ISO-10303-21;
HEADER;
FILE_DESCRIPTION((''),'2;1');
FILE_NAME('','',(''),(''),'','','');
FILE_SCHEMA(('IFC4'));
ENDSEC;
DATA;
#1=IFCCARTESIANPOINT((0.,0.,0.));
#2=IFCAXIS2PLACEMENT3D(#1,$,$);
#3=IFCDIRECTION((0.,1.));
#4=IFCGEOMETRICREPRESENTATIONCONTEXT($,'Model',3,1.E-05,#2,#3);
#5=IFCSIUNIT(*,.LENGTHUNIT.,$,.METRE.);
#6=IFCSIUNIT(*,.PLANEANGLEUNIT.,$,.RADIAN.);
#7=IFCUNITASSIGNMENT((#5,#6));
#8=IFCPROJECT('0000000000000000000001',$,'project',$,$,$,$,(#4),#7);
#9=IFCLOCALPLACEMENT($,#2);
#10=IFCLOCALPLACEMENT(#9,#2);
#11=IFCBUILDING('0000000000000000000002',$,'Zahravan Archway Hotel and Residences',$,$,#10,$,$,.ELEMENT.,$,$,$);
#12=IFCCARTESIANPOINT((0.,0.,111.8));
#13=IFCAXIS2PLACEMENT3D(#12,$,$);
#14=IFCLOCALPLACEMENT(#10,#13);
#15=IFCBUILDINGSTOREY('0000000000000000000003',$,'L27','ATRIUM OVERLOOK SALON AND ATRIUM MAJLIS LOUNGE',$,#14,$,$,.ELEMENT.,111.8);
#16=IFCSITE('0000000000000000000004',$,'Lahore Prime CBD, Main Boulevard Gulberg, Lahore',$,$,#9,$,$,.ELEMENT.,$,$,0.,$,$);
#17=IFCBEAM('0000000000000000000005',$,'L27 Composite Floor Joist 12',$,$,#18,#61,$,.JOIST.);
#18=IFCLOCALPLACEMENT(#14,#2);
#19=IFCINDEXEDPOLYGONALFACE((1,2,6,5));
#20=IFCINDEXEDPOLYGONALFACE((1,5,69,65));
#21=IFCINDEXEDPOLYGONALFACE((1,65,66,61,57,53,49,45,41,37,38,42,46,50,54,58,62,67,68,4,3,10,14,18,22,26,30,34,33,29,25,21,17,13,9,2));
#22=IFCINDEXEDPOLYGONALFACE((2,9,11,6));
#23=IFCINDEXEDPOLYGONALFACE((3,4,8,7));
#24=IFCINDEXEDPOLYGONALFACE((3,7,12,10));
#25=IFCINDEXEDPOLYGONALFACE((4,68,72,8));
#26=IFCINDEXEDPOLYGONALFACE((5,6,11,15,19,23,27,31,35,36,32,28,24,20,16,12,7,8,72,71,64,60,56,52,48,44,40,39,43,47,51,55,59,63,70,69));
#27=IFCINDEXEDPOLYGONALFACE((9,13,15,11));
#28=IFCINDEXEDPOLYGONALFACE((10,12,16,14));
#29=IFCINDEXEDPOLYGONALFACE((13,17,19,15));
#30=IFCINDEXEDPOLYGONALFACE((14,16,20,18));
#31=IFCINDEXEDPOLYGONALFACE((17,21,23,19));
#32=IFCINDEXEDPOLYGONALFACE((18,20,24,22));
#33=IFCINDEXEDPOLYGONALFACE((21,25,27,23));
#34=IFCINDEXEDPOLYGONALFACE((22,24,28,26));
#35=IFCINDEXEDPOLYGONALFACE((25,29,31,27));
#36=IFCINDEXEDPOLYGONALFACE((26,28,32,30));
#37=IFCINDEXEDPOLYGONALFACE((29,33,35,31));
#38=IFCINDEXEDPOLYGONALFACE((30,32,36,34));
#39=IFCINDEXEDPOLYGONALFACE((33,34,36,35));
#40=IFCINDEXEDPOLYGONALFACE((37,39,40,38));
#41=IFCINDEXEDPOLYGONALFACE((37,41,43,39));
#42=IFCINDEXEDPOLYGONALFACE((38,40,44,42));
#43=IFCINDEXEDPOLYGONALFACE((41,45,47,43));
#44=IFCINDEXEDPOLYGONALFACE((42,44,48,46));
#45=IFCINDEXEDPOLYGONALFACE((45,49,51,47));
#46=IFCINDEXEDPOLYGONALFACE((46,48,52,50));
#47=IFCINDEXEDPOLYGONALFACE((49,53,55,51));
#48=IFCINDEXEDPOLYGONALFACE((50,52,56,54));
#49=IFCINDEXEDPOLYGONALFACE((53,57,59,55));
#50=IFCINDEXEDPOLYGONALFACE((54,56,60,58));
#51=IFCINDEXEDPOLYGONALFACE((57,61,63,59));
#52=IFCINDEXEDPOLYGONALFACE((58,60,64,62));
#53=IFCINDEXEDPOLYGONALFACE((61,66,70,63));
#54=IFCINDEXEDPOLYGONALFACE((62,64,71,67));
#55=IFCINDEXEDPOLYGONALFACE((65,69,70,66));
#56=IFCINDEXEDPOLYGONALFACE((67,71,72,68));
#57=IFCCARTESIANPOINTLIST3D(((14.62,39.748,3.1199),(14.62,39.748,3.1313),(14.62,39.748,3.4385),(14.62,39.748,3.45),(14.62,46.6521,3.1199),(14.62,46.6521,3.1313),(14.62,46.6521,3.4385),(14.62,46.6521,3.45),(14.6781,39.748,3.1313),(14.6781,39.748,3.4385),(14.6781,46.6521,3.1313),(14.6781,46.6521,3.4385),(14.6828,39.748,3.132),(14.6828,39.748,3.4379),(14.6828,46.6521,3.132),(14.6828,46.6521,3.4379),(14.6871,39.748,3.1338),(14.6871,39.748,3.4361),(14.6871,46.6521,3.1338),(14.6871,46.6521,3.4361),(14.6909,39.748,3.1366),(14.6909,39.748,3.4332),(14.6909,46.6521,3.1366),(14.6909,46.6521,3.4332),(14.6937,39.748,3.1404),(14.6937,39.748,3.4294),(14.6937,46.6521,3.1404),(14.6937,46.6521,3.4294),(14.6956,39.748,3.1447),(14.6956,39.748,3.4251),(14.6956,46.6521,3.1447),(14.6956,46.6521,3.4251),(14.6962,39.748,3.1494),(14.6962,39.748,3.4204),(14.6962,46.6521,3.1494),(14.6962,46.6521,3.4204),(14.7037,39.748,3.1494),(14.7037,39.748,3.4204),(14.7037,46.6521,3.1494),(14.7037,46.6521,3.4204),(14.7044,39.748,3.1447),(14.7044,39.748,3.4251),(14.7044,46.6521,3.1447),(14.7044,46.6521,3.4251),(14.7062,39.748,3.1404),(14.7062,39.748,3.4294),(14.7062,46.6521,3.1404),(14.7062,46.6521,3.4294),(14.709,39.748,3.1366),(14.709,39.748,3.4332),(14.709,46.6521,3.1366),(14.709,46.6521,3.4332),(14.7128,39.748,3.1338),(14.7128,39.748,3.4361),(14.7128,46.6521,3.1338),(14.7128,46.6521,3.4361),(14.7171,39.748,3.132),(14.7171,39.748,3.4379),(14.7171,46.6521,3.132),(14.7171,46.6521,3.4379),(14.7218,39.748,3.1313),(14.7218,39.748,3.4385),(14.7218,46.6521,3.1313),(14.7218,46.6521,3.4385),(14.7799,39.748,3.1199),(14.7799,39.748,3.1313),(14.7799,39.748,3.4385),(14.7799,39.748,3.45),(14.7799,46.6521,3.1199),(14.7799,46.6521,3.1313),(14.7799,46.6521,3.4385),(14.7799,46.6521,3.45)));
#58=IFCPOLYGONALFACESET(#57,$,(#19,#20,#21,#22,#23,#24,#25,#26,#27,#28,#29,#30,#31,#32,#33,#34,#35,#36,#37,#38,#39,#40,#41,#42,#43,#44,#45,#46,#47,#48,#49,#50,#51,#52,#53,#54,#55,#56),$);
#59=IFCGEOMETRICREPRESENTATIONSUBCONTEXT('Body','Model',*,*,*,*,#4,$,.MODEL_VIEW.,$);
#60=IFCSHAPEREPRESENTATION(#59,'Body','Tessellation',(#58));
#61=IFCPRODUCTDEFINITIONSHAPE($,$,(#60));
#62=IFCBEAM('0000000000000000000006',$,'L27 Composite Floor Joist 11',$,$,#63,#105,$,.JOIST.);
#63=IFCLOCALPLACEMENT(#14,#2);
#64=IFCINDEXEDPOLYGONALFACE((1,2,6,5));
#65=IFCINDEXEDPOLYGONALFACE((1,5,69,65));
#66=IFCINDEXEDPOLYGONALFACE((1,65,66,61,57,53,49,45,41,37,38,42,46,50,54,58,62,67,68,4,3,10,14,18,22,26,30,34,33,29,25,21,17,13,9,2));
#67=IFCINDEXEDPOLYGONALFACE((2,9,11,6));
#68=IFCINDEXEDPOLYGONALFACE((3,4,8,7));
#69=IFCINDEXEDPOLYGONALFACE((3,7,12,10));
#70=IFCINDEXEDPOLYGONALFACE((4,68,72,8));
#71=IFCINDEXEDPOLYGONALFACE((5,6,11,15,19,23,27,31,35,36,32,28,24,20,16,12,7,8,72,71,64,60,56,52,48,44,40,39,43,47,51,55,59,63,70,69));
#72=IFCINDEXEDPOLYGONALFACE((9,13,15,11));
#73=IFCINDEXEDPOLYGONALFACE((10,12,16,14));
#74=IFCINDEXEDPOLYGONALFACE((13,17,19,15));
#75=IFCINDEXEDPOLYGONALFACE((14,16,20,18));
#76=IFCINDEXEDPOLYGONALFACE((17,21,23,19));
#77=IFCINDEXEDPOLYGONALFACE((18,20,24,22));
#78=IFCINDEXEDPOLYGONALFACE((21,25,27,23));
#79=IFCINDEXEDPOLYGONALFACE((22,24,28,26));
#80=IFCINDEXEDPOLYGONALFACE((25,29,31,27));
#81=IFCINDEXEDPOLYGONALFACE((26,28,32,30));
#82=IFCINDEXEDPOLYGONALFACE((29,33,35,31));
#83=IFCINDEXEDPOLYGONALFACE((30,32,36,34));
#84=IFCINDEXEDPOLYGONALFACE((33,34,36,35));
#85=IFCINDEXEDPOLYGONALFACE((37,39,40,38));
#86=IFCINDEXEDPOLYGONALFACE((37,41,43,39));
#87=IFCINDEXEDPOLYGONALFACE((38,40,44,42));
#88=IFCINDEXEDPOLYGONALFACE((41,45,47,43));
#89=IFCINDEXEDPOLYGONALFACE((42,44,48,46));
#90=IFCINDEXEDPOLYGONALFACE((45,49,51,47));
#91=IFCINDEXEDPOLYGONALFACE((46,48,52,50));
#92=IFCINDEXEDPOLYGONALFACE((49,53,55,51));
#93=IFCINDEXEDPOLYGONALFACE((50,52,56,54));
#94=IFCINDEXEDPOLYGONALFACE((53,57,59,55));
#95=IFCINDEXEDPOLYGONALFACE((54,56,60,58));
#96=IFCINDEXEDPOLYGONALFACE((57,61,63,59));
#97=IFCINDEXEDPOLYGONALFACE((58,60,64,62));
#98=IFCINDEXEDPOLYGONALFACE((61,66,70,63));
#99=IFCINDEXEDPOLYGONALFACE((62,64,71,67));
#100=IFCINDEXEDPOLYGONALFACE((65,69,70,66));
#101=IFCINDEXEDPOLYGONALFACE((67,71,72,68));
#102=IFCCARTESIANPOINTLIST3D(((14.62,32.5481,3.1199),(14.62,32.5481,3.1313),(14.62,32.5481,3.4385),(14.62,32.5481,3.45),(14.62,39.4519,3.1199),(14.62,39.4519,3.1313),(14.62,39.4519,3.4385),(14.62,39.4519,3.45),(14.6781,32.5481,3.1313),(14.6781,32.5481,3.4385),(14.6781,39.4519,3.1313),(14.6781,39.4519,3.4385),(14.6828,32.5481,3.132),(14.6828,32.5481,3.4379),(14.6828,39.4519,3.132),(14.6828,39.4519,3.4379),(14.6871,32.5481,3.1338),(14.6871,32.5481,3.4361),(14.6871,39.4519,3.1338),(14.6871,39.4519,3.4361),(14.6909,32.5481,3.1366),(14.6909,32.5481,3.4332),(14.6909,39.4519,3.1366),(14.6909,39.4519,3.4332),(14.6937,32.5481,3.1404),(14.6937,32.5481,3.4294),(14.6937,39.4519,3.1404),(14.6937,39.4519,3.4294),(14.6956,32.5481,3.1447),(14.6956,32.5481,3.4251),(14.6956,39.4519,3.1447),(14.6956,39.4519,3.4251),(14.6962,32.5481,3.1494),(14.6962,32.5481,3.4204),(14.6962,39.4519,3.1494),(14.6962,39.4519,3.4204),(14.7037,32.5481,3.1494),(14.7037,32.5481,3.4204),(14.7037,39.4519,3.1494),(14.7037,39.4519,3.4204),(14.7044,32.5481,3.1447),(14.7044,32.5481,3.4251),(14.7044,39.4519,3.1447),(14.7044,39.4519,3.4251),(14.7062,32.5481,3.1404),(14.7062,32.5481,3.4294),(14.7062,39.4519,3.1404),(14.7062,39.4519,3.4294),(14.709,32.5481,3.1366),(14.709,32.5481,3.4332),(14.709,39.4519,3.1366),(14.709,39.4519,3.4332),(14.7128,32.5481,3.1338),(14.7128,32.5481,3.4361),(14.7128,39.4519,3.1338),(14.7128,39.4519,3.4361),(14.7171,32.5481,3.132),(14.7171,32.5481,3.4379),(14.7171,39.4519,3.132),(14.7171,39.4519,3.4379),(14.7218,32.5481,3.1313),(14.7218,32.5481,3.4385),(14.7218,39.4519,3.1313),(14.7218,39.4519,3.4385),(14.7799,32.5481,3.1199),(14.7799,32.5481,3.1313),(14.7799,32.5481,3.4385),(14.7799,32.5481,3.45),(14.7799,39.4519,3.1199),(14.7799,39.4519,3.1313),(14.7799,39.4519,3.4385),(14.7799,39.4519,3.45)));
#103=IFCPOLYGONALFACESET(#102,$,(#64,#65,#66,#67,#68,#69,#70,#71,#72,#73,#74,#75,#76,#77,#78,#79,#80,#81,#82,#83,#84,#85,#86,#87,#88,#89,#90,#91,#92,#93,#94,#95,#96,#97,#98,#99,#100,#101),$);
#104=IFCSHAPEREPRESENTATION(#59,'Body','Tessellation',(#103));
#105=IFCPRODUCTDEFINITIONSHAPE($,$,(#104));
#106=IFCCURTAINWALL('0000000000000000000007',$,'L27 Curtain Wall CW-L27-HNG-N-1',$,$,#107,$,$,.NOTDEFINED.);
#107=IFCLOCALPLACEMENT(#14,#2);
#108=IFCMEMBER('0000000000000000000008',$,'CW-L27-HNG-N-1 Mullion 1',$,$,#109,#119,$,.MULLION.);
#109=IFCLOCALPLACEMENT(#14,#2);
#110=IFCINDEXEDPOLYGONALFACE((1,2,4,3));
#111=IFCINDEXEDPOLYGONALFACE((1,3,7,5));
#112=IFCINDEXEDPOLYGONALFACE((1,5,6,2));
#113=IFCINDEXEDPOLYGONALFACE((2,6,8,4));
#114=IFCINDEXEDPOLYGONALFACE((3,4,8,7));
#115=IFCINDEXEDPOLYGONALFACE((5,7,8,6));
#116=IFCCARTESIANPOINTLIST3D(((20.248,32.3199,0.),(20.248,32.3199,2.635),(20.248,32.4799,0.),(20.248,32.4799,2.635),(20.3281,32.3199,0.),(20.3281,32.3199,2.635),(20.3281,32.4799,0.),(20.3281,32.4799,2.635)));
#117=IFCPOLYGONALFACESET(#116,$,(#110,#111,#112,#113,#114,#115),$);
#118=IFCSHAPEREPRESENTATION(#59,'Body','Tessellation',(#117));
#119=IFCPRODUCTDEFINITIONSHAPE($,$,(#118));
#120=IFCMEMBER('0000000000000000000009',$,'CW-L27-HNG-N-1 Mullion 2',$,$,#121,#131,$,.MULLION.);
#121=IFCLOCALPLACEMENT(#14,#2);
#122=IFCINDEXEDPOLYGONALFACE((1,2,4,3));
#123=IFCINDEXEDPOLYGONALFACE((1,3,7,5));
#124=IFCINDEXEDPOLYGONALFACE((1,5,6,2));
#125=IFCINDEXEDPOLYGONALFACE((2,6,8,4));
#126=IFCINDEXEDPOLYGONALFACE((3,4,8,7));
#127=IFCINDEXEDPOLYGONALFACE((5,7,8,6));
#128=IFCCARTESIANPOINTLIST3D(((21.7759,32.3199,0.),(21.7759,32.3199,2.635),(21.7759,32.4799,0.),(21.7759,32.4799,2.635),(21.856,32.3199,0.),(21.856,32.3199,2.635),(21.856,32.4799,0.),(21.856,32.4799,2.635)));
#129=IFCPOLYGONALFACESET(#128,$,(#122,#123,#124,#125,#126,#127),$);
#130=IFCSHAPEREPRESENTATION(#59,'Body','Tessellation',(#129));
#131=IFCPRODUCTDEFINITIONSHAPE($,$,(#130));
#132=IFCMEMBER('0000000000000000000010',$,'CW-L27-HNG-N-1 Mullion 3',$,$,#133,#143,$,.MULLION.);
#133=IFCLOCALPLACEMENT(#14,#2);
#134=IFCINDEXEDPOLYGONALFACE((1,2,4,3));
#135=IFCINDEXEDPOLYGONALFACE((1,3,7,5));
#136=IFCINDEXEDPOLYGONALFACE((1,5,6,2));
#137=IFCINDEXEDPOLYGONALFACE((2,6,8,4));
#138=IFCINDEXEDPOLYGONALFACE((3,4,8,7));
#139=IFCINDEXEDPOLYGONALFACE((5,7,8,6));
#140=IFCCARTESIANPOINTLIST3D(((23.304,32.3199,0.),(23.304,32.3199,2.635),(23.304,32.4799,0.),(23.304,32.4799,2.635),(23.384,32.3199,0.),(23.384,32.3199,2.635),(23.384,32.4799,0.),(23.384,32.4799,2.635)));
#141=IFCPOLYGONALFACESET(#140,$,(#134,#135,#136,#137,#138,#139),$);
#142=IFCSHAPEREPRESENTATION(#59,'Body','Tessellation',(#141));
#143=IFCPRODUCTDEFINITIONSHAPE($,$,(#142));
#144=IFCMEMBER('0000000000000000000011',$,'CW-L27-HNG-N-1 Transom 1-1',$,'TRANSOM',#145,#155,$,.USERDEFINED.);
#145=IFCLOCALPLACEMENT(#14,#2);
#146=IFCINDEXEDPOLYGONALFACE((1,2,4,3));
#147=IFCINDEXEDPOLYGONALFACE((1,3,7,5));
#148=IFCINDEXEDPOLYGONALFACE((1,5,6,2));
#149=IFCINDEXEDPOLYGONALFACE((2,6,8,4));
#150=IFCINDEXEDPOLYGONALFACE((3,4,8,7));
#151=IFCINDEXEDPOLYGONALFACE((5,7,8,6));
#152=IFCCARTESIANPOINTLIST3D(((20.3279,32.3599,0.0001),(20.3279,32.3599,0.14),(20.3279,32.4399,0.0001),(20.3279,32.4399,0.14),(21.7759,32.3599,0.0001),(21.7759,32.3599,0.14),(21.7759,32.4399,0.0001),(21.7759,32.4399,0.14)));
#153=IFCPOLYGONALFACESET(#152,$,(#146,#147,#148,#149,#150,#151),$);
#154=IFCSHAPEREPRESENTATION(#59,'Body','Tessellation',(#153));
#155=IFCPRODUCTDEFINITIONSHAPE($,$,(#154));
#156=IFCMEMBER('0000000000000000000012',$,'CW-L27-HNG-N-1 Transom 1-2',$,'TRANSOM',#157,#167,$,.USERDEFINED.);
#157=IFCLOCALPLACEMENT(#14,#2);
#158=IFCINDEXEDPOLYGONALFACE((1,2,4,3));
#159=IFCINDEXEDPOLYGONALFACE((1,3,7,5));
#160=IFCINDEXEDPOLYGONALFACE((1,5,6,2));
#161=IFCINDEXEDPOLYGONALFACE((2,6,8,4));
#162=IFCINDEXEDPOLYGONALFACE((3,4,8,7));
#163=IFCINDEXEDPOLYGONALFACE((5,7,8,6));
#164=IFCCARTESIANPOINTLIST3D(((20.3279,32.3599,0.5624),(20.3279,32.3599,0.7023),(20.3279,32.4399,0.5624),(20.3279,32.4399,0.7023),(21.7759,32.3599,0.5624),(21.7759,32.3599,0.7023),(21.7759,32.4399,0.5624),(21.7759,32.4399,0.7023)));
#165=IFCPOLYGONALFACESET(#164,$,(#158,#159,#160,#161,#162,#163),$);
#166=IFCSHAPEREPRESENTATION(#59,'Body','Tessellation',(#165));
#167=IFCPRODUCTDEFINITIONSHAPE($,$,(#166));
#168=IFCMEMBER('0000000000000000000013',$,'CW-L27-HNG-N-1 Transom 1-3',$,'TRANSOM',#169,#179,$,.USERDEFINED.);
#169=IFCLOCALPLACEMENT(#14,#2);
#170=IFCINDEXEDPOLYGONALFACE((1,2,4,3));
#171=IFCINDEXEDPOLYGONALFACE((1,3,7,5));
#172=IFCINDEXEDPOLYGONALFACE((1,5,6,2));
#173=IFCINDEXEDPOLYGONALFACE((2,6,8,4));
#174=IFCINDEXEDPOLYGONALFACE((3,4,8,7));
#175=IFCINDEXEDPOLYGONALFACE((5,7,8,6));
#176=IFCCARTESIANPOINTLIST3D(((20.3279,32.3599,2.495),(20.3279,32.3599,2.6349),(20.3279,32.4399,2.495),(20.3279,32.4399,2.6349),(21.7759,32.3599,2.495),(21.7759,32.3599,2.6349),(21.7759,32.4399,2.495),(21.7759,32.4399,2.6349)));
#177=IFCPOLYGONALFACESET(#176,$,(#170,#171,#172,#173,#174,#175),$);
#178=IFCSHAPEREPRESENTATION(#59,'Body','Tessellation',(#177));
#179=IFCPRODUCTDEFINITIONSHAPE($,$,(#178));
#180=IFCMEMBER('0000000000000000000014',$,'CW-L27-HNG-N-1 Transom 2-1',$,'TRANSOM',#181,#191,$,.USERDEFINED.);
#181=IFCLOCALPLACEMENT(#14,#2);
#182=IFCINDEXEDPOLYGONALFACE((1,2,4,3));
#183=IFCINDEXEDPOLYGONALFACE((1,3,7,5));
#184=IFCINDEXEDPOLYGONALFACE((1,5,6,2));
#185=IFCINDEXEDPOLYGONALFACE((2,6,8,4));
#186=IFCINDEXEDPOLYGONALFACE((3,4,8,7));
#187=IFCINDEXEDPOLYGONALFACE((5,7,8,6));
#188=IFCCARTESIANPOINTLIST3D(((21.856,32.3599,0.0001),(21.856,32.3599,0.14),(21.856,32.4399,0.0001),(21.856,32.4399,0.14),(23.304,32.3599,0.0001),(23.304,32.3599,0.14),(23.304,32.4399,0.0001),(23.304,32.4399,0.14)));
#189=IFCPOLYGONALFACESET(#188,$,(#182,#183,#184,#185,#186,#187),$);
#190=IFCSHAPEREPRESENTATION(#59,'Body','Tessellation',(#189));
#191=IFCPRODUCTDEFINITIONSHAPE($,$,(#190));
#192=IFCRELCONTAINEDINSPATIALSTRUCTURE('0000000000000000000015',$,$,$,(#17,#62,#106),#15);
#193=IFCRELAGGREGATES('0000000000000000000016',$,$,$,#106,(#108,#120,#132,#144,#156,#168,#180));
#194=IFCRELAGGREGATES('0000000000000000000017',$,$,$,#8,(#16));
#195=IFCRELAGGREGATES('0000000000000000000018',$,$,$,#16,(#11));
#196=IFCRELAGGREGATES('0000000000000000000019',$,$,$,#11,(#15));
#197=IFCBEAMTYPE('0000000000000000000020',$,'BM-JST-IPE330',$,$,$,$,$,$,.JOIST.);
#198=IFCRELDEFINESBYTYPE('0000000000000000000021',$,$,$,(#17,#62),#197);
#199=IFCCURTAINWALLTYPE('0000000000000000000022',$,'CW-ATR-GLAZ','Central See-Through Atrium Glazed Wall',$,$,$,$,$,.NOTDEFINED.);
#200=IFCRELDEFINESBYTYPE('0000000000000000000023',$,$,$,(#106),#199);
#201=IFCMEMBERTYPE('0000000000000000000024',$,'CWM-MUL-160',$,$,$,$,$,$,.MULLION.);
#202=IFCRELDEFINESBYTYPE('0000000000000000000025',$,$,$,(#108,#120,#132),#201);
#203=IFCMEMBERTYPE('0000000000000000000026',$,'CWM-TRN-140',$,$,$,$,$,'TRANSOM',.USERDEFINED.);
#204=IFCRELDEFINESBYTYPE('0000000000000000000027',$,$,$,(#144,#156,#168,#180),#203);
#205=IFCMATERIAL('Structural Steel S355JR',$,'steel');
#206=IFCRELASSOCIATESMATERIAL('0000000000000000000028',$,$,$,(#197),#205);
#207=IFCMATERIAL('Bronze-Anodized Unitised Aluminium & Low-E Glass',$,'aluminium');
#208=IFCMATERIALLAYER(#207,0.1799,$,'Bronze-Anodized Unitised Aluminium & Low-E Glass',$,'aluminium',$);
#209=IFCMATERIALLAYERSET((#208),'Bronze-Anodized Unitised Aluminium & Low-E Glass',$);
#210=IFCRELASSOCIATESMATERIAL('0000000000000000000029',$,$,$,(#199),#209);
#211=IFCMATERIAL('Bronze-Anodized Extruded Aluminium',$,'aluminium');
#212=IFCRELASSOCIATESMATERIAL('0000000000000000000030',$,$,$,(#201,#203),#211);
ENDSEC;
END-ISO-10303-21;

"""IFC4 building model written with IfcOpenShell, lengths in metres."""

from ifc_helpers import new_model, si_unit, direction, frame, origin, origin_2d, place, context, subcontext, project, spatial, rectangle, i_section, extrude, source, transform, mapped, material, layer, layer_set, material_profile, profile_set, type_object, type_shapes, element, aggregate, save


model = new_model("IFC4")

# Units and contexts
model_context = context("Model", 3, precision=1e-05, world=origin(), true_north=direction((0.0, 1.0)))
body_context = subcontext(model_context, "Body", "Model", "MODEL_VIEW")
ifc_project = project(units=[si_unit("LENGTHUNIT", "METRE"), si_unit("PLANEANGLEUNIT", "RADIAN")], contexts=[model_context])

# Site, building, storey
site_placement = place(None, origin())
site = spatial("IfcSite", under=ifc_project, at=site_placement, Name="Lahore Prime CBD, Main Boulevard Gulberg, Lahore", CompositionType="ELEMENT", RefElevation=0.0)
building_placement = place(site_placement, origin())
building = spatial("IfcBuilding", under=site, at=building_placement, Name="Zahravan Archway Hotel and Residences", CompositionType="ELEMENT")
storey_placement = place(building_placement, frame((0.0, 0.0, 111.8)))
storey = spatial("IfcBuildingStorey", under=building, at=storey_placement, Name="L27", Description="ATRIUM OVERLOOK SALON AND ATRIUM MAJLIS LOUNGE", CompositionType="ELEMENT", Elevation=111.8)

# Beams
ifc_material_1 = material(Name="Structural Steel S355JR", Category="steel")
ifc_material_profile_1 = material_profile(ifc_material_1, i_section(OverallWidth=0.1599, OverallDepth=0.3301, WebThickness=0.0076, FlangeThickness=0.0115, FilletRadius=0.0181, at=origin_2d()), Name="IPE 330", Category="steel")
ifc_profile_set_1 = profile_set([ifc_material_profile_1], Name="Structural Steel S355JR")
beam_type_1 = type_object("IfcBeamType", Name="BM-JST-IPE330", PredefinedType="JOIST", material=ifc_profile_set_1)
shared_shape_1 = source(origin(), body_context, "Body", "SweptSolid", [
    extrude(i_section(OverallWidth=0.1599, OverallDepth=0.3301, WebThickness=0.0076, FlangeThickness=0.0115, FilletRadius=0.0181, at=origin_2d()), origin(), (0.0, 0.0, 1.0), 6.9041),
])
type_shapes(beam_type_1, [shared_shape_1])
beam_1_placement = place(storey_placement, frame((14.7, 39.748, 3.2849), z_axis=(0.0, 1.0, 0.0), x_axis=(-1.0, 0.0, 0.0)))
element("IfcBeam", 1, at=beam_1_placement, inside=storey, type_object=beam_type_1, Name="L27 Composite Floor Joist 12", PredefinedType="JOIST", context=body_context, shape_type="MappedRepresentation", body=[
    mapped(shared_shape_1, transform((0.0, 0.0, 0.0), scale=1.0)),
])
shared_shape_2 = source(origin(), body_context, "Body", "SweptSolid", [
    extrude(i_section(OverallWidth=0.1599, OverallDepth=0.3301, WebThickness=0.0076, FlangeThickness=0.0115, FilletRadius=0.0181, at=origin_2d()), origin(), (0.0, 0.0, 1.0), 6.9038),
])
beam_2_placement = place(storey_placement, frame((14.7, 32.5481, 3.2849), z_axis=(0.0, 1.0, 0.0), x_axis=(-1.0, 0.0, 0.0)))
element("IfcBeam", 2, at=beam_2_placement, inside=storey, type_object=beam_type_1, Name="L27 Composite Floor Joist 11", PredefinedType="JOIST", context=body_context, shape_type="MappedRepresentation", body=[
    mapped(shared_shape_2, transform((0.0, 0.0, 0.0), scale=1.0)),
])

# Curtain wall, members
ifc_material_2 = material(Name="Bronze-Anodized Unitised Aluminium & Low-E Glass", Category="aluminium")
ifc_layer_1 = layer(ifc_material_2, 0.1799, Name="Bronze-Anodized Unitised Aluminium & Low-E Glass", Category="aluminium")
ifc_layer_set_1 = layer_set([ifc_layer_1], Name="Bronze-Anodized Unitised Aluminium & Low-E Glass")
curtain_wall_type = type_object("IfcCurtainWallType", Name="CW-ATR-GLAZ", Description="Central See-Through Atrium Glazed Wall", PredefinedType="NOTDEFINED", material=ifc_layer_set_1)
curtain_wall_placement = place(storey_placement, origin())
curtain_wall = element("IfcCurtainWall", 3, at=curtain_wall_placement, inside=storey, type_object=curtain_wall_type, Name="L27 Curtain Wall CW-L27-HNG-N-1", PredefinedType="NOTDEFINED")
ifc_material_3 = material(Name="Bronze-Anodized Extruded Aluminium", Category="aluminium")
ifc_material_profile_2 = material_profile(ifc_material_3, rectangle(XDim=0.0801, YDim=0.1599, at=origin_2d()), Name="MUL 80x160", Category="aluminium")
ifc_profile_set_2 = profile_set([ifc_material_profile_2], Name="Bronze-Anodized Extruded Aluminium")
member_type_1 = type_object("IfcMemberType", Name="CWM-MUL-160", PredefinedType="MULLION", material=ifc_profile_set_2)
shared_shape_3 = source(origin(), body_context, "Body", "SweptSolid", [
    extrude(rectangle(XDim=0.0801, YDim=0.1599, at=origin_2d()), origin(), (0.0, 0.0, 1.0), 2.635),
])
member_1_placement = place(storey_placement, frame((20.2881, 32.3999, 0.0), z_axis=(0.0, 0.0, 1.0), x_axis=(1.0, 0.0, 0.0)))
member_1 = element("IfcMember", 4, at=member_1_placement, type_object=member_type_1, Name="CW-L27-HNG-N-1 Mullion 1", PredefinedType="MULLION", context=body_context, shape_type="MappedRepresentation", body=[
    mapped(shared_shape_3, transform((0.0, 0.0, 0.0), scale=1.0)),
])
member_2_placement = place(storey_placement, frame((21.8159, 32.3999, 0.0), z_axis=(0.0, 0.0, 1.0), x_axis=(1.0, 0.0, 0.0)))
member_2 = element("IfcMember", 5, at=member_2_placement, type_object=member_type_1, Name="CW-L27-HNG-N-1 Mullion 2", PredefinedType="MULLION", context=body_context, shape_type="MappedRepresentation", body=[
    mapped(shared_shape_3, transform((0.0, 0.0, 0.0), scale=1.0)),
])
member_3_placement = place(storey_placement, frame((23.344, 32.3999, 0.0), z_axis=(0.0, 0.0, 1.0), x_axis=(1.0, 0.0, 0.0)))
member_3 = element("IfcMember", 6, at=member_3_placement, type_object=member_type_1, Name="CW-L27-HNG-N-1 Mullion 3", PredefinedType="MULLION", context=body_context, shape_type="MappedRepresentation", body=[
    mapped(shared_shape_3, transform((0.0, 0.0, 0.0), scale=1.0)),
])
ifc_material_profile_3 = material_profile(ifc_material_3, rectangle(XDim=0.0801, YDim=0.1399, at=origin_2d()), Name="TRN 80x140", Category="aluminium")
ifc_profile_set_3 = profile_set([ifc_material_profile_3], Name="Bronze-Anodized Extruded Aluminium")
member_type_2 = type_object("IfcMemberType", Name="CWM-TRN-140", ElementType="TRANSOM", PredefinedType="USERDEFINED", material=ifc_profile_set_3)
shared_shape_4 = source(origin(), body_context, "Body", "SweptSolid", [
    extrude(rectangle(XDim=0.0801, YDim=0.1399, at=origin_2d()), origin(), (0.0, 0.0, 1.0), 1.448),
])
member_4_placement = place(storey_placement, frame((20.3279, 32.3999, 0.0701), z_axis=(1.0, 0.0, 0.0), x_axis=(0.0, 1.0, 0.0)))
member_4 = element("IfcMember", 7, at=member_4_placement, type_object=member_type_2, Name="CW-L27-HNG-N-1 Transom 1-1", ObjectType="TRANSOM", PredefinedType="USERDEFINED", context=body_context, shape_type="MappedRepresentation", body=[
    mapped(shared_shape_4, transform((0.0, 0.0, 0.0), scale=1.0)),
])
member_5_placement = place(storey_placement, frame((20.3279, 32.3999, 0.6323), z_axis=(1.0, 0.0, 0.0), x_axis=(0.0, 1.0, 0.0)))
member_5 = element("IfcMember", 8, at=member_5_placement, type_object=member_type_2, Name="CW-L27-HNG-N-1 Transom 1-2", ObjectType="TRANSOM", PredefinedType="USERDEFINED", context=body_context, shape_type="MappedRepresentation", body=[
    mapped(shared_shape_4, transform((0.0, 0.0, 0.0), scale=1.0)),
])
member_6_placement = place(storey_placement, frame((20.3279, 32.3999, 2.5649), z_axis=(1.0, 0.0, 0.0), x_axis=(0.0, 1.0, 0.0)))
member_6 = element("IfcMember", 9, at=member_6_placement, type_object=member_type_2, Name="CW-L27-HNG-N-1 Transom 1-3", ObjectType="TRANSOM", PredefinedType="USERDEFINED", context=body_context, shape_type="MappedRepresentation", body=[
    mapped(shared_shape_4, transform((0.0, 0.0, 0.0), scale=1.0)),
])
member_7_placement = place(storey_placement, frame((21.856, 32.3999, 0.0701), z_axis=(1.0, 0.0, 0.0), x_axis=(0.0, 1.0, 0.0)))
member_7 = element("IfcMember", 10, at=member_7_placement, type_object=member_type_2, Name="CW-L27-HNG-N-1 Transom 2-1", ObjectType="TRANSOM", PredefinedType="USERDEFINED", context=body_context, shape_type="MappedRepresentation", body=[
    mapped(shared_shape_4, transform((0.0, 0.0, 0.0), scale=1.0)),
])
aggregate(curtain_wall, [member_1, member_2, member_3, member_4, member_5, member_6, member_7])

save(model, "model.ifc")
